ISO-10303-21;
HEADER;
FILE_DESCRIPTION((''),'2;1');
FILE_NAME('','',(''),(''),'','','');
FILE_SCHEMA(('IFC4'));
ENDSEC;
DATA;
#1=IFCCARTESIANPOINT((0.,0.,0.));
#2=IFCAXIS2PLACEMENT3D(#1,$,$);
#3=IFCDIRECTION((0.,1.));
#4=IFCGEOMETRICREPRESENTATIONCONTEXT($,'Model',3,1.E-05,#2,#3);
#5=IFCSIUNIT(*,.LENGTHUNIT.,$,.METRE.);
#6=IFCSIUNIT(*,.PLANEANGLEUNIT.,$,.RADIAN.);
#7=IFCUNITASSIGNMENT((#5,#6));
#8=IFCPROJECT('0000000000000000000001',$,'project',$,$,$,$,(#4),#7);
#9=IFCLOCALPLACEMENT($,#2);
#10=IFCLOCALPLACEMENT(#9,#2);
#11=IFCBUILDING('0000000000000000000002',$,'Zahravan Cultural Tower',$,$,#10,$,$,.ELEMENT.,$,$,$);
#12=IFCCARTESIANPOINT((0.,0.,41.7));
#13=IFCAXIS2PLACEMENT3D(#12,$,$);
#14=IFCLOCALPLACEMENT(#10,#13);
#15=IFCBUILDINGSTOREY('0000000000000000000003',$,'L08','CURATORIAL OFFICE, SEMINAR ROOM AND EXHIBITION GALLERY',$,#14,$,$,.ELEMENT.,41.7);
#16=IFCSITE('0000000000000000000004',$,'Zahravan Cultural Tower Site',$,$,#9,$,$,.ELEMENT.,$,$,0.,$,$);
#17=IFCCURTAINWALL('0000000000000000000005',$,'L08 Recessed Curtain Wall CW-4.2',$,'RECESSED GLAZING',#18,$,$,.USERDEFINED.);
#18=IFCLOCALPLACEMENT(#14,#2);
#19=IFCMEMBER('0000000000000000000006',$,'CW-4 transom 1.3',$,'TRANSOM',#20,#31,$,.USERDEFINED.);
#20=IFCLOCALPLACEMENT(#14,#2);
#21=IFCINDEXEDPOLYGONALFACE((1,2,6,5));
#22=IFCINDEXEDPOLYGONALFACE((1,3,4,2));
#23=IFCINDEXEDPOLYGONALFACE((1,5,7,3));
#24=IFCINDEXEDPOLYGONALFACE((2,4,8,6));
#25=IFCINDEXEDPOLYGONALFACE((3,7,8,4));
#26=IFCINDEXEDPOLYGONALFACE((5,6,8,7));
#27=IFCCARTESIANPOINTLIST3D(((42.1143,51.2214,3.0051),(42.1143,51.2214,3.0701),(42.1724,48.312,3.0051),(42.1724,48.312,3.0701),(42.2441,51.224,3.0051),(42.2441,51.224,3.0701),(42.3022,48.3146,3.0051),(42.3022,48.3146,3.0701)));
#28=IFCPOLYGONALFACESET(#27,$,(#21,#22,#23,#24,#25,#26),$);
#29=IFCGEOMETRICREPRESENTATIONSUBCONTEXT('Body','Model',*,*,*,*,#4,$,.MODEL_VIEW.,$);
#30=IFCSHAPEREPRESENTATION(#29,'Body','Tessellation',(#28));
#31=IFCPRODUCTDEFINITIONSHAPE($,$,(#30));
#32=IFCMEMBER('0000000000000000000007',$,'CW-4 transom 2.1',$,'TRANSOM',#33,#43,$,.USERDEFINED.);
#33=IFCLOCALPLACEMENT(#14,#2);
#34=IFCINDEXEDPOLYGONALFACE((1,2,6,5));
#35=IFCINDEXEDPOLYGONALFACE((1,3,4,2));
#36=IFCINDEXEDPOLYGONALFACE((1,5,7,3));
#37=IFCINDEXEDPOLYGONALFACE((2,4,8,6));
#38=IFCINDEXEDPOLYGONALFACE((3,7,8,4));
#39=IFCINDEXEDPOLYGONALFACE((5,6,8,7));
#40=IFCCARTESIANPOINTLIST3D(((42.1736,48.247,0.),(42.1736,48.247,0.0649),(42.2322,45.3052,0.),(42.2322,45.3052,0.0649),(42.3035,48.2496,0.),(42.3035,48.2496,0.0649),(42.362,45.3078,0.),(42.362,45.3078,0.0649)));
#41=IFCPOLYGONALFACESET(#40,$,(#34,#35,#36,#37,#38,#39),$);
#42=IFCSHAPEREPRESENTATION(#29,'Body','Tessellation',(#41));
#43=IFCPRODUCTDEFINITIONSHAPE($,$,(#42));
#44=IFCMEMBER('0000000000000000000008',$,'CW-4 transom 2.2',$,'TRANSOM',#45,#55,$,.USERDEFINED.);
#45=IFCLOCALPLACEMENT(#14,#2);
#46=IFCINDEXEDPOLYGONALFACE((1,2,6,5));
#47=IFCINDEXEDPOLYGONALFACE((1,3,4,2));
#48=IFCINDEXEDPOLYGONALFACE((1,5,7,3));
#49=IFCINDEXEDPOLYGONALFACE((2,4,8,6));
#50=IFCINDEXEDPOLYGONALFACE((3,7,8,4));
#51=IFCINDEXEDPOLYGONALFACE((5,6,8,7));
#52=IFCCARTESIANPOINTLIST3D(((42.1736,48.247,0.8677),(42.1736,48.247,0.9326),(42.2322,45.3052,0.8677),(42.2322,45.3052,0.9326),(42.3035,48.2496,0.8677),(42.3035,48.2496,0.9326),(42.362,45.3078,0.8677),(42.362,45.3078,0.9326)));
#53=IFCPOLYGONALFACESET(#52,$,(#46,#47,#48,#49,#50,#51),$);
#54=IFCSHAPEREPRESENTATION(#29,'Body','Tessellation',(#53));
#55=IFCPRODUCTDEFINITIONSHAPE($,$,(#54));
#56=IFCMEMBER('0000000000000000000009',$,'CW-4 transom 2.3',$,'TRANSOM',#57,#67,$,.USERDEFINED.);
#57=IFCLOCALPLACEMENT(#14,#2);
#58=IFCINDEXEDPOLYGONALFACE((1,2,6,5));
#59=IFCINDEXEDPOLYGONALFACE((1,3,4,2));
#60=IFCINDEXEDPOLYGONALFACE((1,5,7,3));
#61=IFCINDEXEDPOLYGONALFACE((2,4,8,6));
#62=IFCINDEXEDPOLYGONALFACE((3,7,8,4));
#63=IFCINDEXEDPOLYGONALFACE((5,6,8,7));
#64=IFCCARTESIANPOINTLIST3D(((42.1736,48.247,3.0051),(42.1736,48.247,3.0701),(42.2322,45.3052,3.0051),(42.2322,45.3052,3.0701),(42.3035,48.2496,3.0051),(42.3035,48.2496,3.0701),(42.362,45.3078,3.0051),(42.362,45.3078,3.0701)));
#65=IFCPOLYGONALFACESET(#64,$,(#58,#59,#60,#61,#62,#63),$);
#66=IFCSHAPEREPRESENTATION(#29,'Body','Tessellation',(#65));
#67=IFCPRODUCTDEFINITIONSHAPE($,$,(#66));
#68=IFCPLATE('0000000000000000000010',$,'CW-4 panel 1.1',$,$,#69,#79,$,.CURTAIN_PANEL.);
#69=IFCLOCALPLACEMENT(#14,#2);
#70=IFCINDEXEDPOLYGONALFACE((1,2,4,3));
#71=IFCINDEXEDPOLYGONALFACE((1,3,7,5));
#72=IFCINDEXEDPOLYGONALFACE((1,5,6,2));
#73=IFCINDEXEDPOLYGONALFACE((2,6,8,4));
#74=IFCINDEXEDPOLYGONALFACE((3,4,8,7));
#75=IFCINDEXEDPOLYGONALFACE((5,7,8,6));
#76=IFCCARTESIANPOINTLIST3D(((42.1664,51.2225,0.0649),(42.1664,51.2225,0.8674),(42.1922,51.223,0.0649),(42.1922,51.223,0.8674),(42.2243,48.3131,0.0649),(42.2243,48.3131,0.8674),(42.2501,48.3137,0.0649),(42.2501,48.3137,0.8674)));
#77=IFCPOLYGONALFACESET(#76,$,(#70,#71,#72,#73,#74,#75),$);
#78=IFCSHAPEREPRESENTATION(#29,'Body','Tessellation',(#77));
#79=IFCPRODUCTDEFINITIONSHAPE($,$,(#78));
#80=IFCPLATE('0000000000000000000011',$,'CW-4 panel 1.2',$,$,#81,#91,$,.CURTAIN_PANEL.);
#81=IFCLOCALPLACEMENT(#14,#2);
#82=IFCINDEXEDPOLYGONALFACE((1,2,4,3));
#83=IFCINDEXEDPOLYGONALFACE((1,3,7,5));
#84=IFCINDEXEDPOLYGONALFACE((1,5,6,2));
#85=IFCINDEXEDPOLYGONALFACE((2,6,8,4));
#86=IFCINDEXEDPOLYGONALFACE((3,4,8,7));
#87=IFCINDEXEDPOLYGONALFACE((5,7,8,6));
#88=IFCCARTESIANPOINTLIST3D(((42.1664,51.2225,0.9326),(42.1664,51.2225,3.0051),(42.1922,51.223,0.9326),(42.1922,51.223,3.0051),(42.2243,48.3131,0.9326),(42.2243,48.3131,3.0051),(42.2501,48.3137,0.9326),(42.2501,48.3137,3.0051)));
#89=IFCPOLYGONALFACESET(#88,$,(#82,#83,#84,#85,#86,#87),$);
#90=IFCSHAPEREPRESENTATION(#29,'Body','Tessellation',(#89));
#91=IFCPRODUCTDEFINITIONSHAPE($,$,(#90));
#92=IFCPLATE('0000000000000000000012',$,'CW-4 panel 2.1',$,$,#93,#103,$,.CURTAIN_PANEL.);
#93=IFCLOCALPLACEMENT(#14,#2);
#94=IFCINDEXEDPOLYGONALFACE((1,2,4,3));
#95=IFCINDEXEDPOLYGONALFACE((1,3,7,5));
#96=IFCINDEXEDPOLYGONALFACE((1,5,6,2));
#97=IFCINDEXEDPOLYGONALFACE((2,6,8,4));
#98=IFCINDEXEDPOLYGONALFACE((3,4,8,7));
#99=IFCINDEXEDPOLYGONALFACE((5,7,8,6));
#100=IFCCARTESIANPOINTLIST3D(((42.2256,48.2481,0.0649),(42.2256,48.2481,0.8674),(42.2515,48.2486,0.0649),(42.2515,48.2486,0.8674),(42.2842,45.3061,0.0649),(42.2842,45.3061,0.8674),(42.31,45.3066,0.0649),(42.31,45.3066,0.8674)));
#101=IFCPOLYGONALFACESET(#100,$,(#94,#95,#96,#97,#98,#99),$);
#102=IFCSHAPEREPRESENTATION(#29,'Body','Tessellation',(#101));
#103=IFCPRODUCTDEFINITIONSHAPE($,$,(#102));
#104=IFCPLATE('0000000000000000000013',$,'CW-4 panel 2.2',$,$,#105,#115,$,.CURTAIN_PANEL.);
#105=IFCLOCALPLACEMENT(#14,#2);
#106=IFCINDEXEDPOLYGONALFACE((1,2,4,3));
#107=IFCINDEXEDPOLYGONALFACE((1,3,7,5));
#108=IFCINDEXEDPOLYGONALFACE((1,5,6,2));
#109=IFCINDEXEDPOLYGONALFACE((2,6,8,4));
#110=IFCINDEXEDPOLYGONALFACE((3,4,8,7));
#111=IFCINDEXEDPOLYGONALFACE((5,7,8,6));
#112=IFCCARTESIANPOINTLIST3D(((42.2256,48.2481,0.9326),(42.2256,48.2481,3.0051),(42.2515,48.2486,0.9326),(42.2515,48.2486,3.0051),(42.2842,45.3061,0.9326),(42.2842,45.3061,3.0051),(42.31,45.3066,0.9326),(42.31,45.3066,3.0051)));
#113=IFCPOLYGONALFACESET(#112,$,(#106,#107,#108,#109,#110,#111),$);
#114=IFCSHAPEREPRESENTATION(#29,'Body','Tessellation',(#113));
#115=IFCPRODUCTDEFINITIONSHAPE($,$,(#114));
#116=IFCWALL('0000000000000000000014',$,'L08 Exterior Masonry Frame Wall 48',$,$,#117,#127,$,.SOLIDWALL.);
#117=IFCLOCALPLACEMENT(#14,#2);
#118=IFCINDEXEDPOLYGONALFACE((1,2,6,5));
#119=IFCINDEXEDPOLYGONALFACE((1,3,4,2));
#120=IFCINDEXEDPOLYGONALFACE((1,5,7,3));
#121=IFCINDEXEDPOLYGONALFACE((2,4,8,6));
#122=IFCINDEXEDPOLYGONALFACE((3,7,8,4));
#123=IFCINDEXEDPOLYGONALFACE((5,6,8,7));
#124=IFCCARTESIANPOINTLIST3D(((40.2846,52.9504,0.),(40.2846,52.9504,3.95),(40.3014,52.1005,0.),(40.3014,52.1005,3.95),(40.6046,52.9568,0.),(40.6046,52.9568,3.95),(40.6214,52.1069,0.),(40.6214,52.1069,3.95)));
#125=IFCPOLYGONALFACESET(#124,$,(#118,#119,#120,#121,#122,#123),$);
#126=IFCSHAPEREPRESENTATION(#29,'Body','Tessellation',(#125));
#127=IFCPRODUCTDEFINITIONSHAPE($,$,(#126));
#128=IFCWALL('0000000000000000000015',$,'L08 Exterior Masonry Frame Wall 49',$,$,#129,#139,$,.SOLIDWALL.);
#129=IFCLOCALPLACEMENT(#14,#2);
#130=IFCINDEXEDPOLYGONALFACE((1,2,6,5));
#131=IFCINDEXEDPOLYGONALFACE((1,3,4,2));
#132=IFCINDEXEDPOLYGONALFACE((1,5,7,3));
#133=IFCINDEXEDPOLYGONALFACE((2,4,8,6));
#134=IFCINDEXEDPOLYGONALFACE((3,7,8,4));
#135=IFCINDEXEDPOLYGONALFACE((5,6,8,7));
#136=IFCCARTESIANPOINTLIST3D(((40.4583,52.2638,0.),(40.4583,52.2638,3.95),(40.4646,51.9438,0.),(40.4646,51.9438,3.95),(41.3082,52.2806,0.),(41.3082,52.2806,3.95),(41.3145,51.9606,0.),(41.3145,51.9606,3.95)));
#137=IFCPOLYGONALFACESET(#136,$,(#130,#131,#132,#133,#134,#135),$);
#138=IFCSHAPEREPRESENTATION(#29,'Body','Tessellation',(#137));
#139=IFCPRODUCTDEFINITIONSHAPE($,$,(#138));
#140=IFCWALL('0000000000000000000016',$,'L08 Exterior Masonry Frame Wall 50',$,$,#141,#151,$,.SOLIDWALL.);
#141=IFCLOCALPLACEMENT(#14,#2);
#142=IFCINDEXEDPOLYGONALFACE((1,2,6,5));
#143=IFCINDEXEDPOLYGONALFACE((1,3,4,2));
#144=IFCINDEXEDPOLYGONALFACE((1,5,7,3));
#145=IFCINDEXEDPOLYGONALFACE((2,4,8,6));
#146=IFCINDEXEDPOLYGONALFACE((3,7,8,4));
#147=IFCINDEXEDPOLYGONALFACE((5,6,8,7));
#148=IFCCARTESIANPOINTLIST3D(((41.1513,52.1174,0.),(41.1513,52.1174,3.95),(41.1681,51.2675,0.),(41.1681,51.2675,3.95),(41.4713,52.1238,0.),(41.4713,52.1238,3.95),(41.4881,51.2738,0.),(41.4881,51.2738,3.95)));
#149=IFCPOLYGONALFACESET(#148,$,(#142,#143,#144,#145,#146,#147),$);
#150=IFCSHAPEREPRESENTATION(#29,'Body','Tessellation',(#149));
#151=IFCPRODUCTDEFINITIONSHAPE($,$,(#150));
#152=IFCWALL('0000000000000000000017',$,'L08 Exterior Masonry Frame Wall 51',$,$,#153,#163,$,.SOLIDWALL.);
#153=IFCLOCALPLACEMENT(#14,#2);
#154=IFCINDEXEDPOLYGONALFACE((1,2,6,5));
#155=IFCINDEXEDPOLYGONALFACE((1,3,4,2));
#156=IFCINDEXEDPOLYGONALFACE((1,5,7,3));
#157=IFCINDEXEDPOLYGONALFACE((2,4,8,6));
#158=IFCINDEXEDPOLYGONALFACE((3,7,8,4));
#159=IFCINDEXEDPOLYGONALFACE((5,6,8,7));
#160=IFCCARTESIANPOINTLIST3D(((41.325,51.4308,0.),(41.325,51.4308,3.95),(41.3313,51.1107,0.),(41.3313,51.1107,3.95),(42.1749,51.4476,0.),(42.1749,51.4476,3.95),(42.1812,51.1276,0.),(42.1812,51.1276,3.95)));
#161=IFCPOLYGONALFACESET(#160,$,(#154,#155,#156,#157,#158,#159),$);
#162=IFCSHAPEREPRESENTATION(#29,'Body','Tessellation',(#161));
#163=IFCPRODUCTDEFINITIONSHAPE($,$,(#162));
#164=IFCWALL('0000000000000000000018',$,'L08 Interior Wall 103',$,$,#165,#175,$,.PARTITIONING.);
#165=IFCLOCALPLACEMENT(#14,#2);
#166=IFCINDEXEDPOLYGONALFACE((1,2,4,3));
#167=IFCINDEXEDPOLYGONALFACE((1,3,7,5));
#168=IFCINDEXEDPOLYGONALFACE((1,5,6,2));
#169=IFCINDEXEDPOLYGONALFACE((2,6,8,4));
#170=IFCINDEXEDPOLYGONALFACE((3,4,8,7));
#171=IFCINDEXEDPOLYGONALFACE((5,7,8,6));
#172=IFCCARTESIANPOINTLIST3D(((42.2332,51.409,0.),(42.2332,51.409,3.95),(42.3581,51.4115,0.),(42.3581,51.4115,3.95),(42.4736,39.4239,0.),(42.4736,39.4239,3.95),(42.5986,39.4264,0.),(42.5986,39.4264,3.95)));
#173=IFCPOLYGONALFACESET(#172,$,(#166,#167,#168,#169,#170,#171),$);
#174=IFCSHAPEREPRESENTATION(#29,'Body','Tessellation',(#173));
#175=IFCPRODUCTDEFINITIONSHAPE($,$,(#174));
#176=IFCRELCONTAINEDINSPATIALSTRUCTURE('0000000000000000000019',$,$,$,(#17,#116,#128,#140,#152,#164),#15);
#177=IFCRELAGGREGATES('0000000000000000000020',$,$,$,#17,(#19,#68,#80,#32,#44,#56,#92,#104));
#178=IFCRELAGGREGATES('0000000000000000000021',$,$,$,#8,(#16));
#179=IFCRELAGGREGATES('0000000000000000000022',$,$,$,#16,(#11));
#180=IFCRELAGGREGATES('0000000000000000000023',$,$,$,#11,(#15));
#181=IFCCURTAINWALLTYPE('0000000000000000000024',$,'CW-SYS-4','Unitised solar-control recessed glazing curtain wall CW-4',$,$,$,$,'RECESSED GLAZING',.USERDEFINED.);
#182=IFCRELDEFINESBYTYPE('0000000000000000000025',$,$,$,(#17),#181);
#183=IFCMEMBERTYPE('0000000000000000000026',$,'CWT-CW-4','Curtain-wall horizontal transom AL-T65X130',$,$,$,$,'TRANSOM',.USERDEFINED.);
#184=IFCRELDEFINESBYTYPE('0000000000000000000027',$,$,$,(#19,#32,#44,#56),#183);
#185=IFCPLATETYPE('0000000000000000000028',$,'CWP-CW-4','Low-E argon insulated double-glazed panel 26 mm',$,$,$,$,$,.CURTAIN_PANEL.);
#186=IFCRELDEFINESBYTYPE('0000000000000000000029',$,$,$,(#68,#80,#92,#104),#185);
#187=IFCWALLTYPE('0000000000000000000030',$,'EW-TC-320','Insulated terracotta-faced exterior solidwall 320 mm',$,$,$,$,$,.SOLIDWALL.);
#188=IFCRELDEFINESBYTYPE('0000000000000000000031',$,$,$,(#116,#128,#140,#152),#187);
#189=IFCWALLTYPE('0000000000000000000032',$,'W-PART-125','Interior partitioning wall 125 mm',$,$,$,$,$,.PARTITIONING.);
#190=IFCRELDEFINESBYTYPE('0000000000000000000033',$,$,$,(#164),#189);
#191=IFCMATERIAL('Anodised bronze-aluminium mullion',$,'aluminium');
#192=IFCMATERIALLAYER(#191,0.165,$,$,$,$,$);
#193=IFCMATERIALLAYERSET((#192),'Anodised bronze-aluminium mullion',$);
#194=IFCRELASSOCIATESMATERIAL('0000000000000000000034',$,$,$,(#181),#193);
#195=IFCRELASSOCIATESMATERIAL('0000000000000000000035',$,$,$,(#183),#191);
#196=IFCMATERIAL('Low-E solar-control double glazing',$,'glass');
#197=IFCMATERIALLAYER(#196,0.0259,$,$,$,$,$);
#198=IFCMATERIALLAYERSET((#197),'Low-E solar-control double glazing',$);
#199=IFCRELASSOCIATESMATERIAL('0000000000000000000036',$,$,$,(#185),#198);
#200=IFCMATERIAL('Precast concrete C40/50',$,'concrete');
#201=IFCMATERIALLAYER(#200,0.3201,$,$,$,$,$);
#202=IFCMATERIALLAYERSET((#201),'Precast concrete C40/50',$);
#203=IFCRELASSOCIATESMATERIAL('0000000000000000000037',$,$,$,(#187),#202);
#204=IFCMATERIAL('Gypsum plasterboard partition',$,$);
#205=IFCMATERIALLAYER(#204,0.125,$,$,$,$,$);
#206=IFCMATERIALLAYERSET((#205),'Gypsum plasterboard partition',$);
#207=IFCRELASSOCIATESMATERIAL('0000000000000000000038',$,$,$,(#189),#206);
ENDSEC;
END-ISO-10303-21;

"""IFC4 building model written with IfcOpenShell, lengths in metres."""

from ifc_helpers import new_model, si_unit, direction, frame, frame_2d, origin, origin_2d, place, context, subcontext, project, spatial, rectangle, extrude, source, transform, mapped, material, layer, layer_set, material_profile, profile_set, type_object, element, aggregate, save


model = new_model("IFC4")

# Units and contexts
model_context = context("Model", 3, precision=1e-05, world=origin(), true_north=direction((0.0, 1.0)))
body_context = subcontext(model_context, "Body", "Model", "MODEL_VIEW")
ifc_project = project(units=[si_unit("LENGTHUNIT", "METRE"), si_unit("PLANEANGLEUNIT", "RADIAN")], contexts=[model_context])

# Site, building, storey
site_placement = place(None, origin())
site = spatial("IfcSite", under=ifc_project, at=site_placement, Name="Zahravan Cultural Tower Site", CompositionType="ELEMENT", RefElevation=0.0)
building_placement = place(site_placement, origin())
building = spatial("IfcBuilding", under=site, at=building_placement, Name="Zahravan Cultural Tower", CompositionType="ELEMENT")
storey_placement = place(building_placement, frame((0.0, 0.0, 41.7)))
storey = spatial("IfcBuildingStorey", under=building, at=storey_placement, Name="L08", Description="CURATORIAL OFFICE, SEMINAR ROOM AND EXHIBITION GALLERY", CompositionType="ELEMENT", Elevation=41.7)

# Curtain wall, members, plates
ifc_material_1 = material(Name="Anodised bronze-aluminium mullion", Category="aluminium")
ifc_layer_1 = layer(ifc_material_1, 0.165)
ifc_layer_set_1 = layer_set([ifc_layer_1], Name="Anodised bronze-aluminium mullion")
curtain_wall_type = type_object("IfcCurtainWallType", Name="CW-SYS-4", Description="Unitised solar-control recessed glazing curtain wall CW-4", ElementType="RECESSED GLAZING", PredefinedType="USERDEFINED", material=ifc_layer_set_1)
curtain_wall_placement = place(storey_placement, origin())
curtain_wall = element("IfcCurtainWall", 1, at=curtain_wall_placement, inside=storey, type_object=curtain_wall_type, Name="L08 Recessed Curtain Wall CW-4.2", ObjectType="RECESSED GLAZING", PredefinedType="USERDEFINED")
ifc_material_profile_1 = material_profile(ifc_material_1, rectangle(XDim=0.1299, YDim=0.0649, at=origin_2d()), Name="AL-T65X130")
ifc_profile_set_1 = profile_set([ifc_material_profile_1], Name="Anodised bronze-aluminium mullion")
member_type_1 = type_object("IfcMemberType", Name="CWT-CW-4", Description="Curtain-wall horizontal transom AL-T65X130", ElementType="TRANSOM", PredefinedType="USERDEFINED", material=ifc_profile_set_1)
shared_shape_1 = source(origin(), body_context, "Body", "SweptSolid", [
    extrude(rectangle(XDim=0.1299, YDim=0.0649, at=origin_2d()), origin(), (0.0, 0.0, 1.0), 2.9099),
])
member_1_placement = place(storey_placement, frame((42.1792, 51.2227, 3.0376), z_axis=(0.019967, -0.999801, 0.0), x_axis=(0.999801, 0.019967, 0.0)))
member_1 = element("IfcMember", 2, at=member_1_placement, type_object=member_type_1, Name="CW-4 transom 1.3", ObjectType="TRANSOM", PredefinedType="USERDEFINED", context=body_context, shape_type="MappedRepresentation", body=[
    mapped(shared_shape_1, transform((0.0, 0.0, 0.0), x_axis=(1.0, 0.0, 0.0), y_axis=(0.0, 1.0, 0.0), z_axis=(0.0, 0.0, 1.0), scale=1.0)),
])
shared_shape_2 = source(origin(), body_context, "Body", "SweptSolid", [
    extrude(rectangle(XDim=0.1299, YDim=0.0649, at=origin_2d()), origin(), (0.0, 0.0, 1.0), 2.9424),
])
member_2_placement = place(storey_placement, frame((42.2385, 48.2483, 0.0325), z_axis=(0.019913, -0.999802, 0.0), x_axis=(0.999802, 0.019913, 0.0)))
member_2 = element("IfcMember", 3, at=member_2_placement, type_object=member_type_1, Name="CW-4 transom 2.1", ObjectType="TRANSOM", PredefinedType="USERDEFINED", context=body_context, shape_type="MappedRepresentation", body=[
    mapped(shared_shape_2, transform((0.0, 0.0, 0.0), x_axis=(1.0, 0.0, 0.0), y_axis=(0.0, 1.0, 0.0), z_axis=(0.0, 0.0, 1.0), scale=1.0)),
])
member_3_placement = place(storey_placement, frame((42.2385, 48.2483, 0.9001), z_axis=(0.019913, -0.999802, 0.0), x_axis=(0.999802, 0.019913, 0.0)))
member_3 = element("IfcMember", 4, at=member_3_placement, type_object=member_type_1, Name="CW-4 transom 2.2", ObjectType="TRANSOM", PredefinedType="USERDEFINED", context=body_context, shape_type="MappedRepresentation", body=[
    mapped(shared_shape_2, transform((0.0, 0.0, 0.0), x_axis=(1.0, 0.0, 0.0), y_axis=(0.0, 1.0, 0.0), z_axis=(0.0, 0.0, 1.0), scale=1.0)),
])
member_4_placement = place(storey_placement, frame((42.2385, 48.2483, 3.0376), z_axis=(0.019913, -0.999802, 0.0), x_axis=(0.999802, 0.019913, 0.0)))
member_4 = element("IfcMember", 5, at=member_4_placement, type_object=member_type_1, Name="CW-4 transom 2.3", ObjectType="TRANSOM", PredefinedType="USERDEFINED", context=body_context, shape_type="MappedRepresentation", body=[
    mapped(shared_shape_2, transform((0.0, 0.0, 0.0), x_axis=(1.0, 0.0, 0.0), y_axis=(0.0, 1.0, 0.0), z_axis=(0.0, 0.0, 1.0), scale=1.0)),
])
ifc_material_2 = material(Name="Low-E solar-control double glazing", Category="glass")
ifc_layer_2 = layer(ifc_material_2, 0.0259)
ifc_layer_set_2 = layer_set([ifc_layer_2], Name="Low-E solar-control double glazing")
plate_type = type_object("IfcPlateType", Name="CWP-CW-4", Description="Low-E argon insulated double-glazed panel 26 mm", PredefinedType="CURTAIN_PANEL", material=ifc_layer_set_2)
shared_shape_3 = source(origin(), body_context, "Body", "SweptSolid", [
    extrude(rectangle(XDim=2.9099, YDim=0.0259, at=origin_2d()), origin(), (0.0, 0.0, 1.0), 0.8025),
])
plate_1_placement = place(storey_placement, frame((42.2083, 49.7681, 0.0649), z_axis=(0.0, 0.0, 1.0), x_axis=(0.0199, -0.999802, 0.0)))
plate_1 = element("IfcPlate", 6, at=plate_1_placement, type_object=plate_type, Name="CW-4 panel 1.1", PredefinedType="CURTAIN_PANEL", context=body_context, shape_type="MappedRepresentation", body=[
    mapped(shared_shape_3, transform((0.0, 0.0, 0.0), x_axis=(1.0, 0.0, 0.0), y_axis=(0.0, 1.0, 0.0), z_axis=(0.0, 0.0, 1.0), scale=1.0)),
])
shared_shape_4 = source(origin(), body_context, "Body", "SweptSolid", [
    extrude(rectangle(XDim=2.9099, YDim=0.0259, at=origin_2d()), origin(), (0.0, 0.0, 1.0), 2.0725),
])
plate_2_placement = place(storey_placement, frame((42.2083, 49.7681, 0.9326), z_axis=(0.0, 0.0, 1.0), x_axis=(0.0199, -0.999802, 0.0)))
plate_2 = element("IfcPlate", 7, at=plate_2_placement, type_object=plate_type, Name="CW-4 panel 1.2", PredefinedType="CURTAIN_PANEL", context=body_context, shape_type="MappedRepresentation", body=[
    mapped(shared_shape_4, transform((0.0, 0.0, 0.0), x_axis=(1.0, 0.0, 0.0), y_axis=(0.0, 1.0, 0.0), z_axis=(0.0, 0.0, 1.0), scale=1.0)),
])
shared_shape_5 = source(origin(), body_context, "Body", "SweptSolid", [
    extrude(rectangle(XDim=2.9426, YDim=0.0259, at=origin_2d()), origin(), (0.0, 0.0, 1.0), 0.8025),
])
plate_3_placement = place(storey_placement, frame((42.2678, 46.7773, 0.0649), z_axis=(0.0, 0.0, 1.0), x_axis=(0.0199, -0.999802, 0.0)))
plate_3 = element("IfcPlate", 8, at=plate_3_placement, type_object=plate_type, Name="CW-4 panel 2.1", PredefinedType="CURTAIN_PANEL", context=body_context, shape_type="MappedRepresentation", body=[
    mapped(shared_shape_5, transform((0.0, 0.0, 0.0), x_axis=(1.0, 0.0, 0.0), y_axis=(0.0, 1.0, 0.0), z_axis=(0.0, 0.0, 1.0), scale=1.0)),
])
shared_shape_6 = source(origin(), body_context, "Body", "SweptSolid", [
    extrude(rectangle(XDim=2.9426, YDim=0.0259, at=origin_2d()), origin(), (0.0, 0.0, 1.0), 2.0725),
])
plate_4_placement = place(storey_placement, frame((42.2678, 46.7773, 0.9326), z_axis=(0.0, 0.0, 1.0), x_axis=(0.0199, -0.999802, 0.0)))
plate_4 = element("IfcPlate", 9, at=plate_4_placement, type_object=plate_type, Name="CW-4 panel 2.2", PredefinedType="CURTAIN_PANEL", context=body_context, shape_type="MappedRepresentation", body=[
    mapped(shared_shape_6, transform((0.0, 0.0, 0.0), x_axis=(1.0, 0.0, 0.0), y_axis=(0.0, 1.0, 0.0), z_axis=(0.0, 0.0, 1.0), scale=1.0)),
])
aggregate(curtain_wall, [member_1, plate_1, plate_2, member_2, member_3, member_4, plate_3, plate_4])

# Walls
ifc_material_3 = material(Name="Precast concrete C40/50", Category="concrete")
ifc_layer_3 = layer(ifc_material_3, 0.3201)
ifc_layer_set_3 = layer_set([ifc_layer_3], Name="Precast concrete C40/50")
wall_type_1 = type_object("IfcWallType", Name="EW-TC-320", Description="Insulated terracotta-faced exterior solidwall 320 mm", PredefinedType="SOLIDWALL", material=ifc_layer_set_3)
shared_shape_7 = source(origin(), body_context, "Body", "SweptSolid", [
    extrude(rectangle(XDim=0.8501, YDim=0.3201, at=frame_2d((0.425, 0.0))), origin(), (0.0, 0.0, 1.0), 3.95),
])
for number, where, z_axis, x_axis, name in (
    (10, (40.4446, 52.9536, 0.0), (0.0, 0.0, 1.0), (0.019818, -0.999804, 0.0), "L08 Exterior Masonry Frame Wall 48"),
    (11, (40.4614, 52.1038, 0.0), (0.0, 0.0, 1.0), (0.999804, 0.019818, 0.0), "L08 Exterior Masonry Frame Wall 49"),
    (12, (41.3113, 52.1206, 0.0), (0.0, 0.0, 1.0), (0.019818, -0.999804, 0.0), "L08 Exterior Masonry Frame Wall 50"),
    (13, (41.3281, 51.2708, 0.0), (0.0, 0.0, 1.0), (0.999804, 0.019818, 0.0), "L08 Exterior Masonry Frame Wall 51"),
):
    element("IfcWall", number, at=place(storey_placement, frame(where, z_axis=z_axis, x_axis=x_axis)), inside=storey, type_object=wall_type_1, Name=name, PredefinedType="SOLIDWALL", context=body_context, shape_type="MappedRepresentation", body=[
        mapped(shared_shape_7, transform((0.0, 0.0, 0.0), x_axis=(1.0, 0.0, 0.0), y_axis=(0.0, 1.0, 0.0), z_axis=(0.0, 0.0, 1.0), scale=1.0)),
    ])
ifc_material_4 = material(Name="Gypsum plasterboard partition")
ifc_layer_4 = layer(ifc_material_4, 0.125)
ifc_layer_set_4 = layer_set([ifc_layer_4], Name="Gypsum plasterboard partition")
wall_type_2 = type_object("IfcWallType", Name="W-PART-125", Description="Interior partitioning wall 125 mm", PredefinedType="PARTITIONING", material=ifc_layer_set_4)
shared_shape_8 = source(origin(), body_context, "Body", "SweptSolid", [
    extrude(rectangle(XDim=11.9875, YDim=0.125, at=frame_2d((5.9937, 0.0))), origin(), (0.0, 0.0, 1.0), 3.95),
])
wall_placement = place(storey_placement, frame((42.2957, 51.4102, 0.0), z_axis=(0.0, 0.0, 1.0), x_axis=(0.020061, -0.999799, 0.0)))
element("IfcWall", 14, at=wall_placement, inside=storey, type_object=wall_type_2, Name="L08 Interior Wall 103", PredefinedType="PARTITIONING", context=body_context, shape_type="MappedRepresentation", body=[
    mapped(shared_shape_8, transform((0.0, 0.0, 0.0), x_axis=(1.0, 0.0, 0.0), y_axis=(0.0, 1.0, 0.0), z_axis=(0.0, 0.0, 1.0), scale=1.0)),
])

save(model, "model.ifc")
